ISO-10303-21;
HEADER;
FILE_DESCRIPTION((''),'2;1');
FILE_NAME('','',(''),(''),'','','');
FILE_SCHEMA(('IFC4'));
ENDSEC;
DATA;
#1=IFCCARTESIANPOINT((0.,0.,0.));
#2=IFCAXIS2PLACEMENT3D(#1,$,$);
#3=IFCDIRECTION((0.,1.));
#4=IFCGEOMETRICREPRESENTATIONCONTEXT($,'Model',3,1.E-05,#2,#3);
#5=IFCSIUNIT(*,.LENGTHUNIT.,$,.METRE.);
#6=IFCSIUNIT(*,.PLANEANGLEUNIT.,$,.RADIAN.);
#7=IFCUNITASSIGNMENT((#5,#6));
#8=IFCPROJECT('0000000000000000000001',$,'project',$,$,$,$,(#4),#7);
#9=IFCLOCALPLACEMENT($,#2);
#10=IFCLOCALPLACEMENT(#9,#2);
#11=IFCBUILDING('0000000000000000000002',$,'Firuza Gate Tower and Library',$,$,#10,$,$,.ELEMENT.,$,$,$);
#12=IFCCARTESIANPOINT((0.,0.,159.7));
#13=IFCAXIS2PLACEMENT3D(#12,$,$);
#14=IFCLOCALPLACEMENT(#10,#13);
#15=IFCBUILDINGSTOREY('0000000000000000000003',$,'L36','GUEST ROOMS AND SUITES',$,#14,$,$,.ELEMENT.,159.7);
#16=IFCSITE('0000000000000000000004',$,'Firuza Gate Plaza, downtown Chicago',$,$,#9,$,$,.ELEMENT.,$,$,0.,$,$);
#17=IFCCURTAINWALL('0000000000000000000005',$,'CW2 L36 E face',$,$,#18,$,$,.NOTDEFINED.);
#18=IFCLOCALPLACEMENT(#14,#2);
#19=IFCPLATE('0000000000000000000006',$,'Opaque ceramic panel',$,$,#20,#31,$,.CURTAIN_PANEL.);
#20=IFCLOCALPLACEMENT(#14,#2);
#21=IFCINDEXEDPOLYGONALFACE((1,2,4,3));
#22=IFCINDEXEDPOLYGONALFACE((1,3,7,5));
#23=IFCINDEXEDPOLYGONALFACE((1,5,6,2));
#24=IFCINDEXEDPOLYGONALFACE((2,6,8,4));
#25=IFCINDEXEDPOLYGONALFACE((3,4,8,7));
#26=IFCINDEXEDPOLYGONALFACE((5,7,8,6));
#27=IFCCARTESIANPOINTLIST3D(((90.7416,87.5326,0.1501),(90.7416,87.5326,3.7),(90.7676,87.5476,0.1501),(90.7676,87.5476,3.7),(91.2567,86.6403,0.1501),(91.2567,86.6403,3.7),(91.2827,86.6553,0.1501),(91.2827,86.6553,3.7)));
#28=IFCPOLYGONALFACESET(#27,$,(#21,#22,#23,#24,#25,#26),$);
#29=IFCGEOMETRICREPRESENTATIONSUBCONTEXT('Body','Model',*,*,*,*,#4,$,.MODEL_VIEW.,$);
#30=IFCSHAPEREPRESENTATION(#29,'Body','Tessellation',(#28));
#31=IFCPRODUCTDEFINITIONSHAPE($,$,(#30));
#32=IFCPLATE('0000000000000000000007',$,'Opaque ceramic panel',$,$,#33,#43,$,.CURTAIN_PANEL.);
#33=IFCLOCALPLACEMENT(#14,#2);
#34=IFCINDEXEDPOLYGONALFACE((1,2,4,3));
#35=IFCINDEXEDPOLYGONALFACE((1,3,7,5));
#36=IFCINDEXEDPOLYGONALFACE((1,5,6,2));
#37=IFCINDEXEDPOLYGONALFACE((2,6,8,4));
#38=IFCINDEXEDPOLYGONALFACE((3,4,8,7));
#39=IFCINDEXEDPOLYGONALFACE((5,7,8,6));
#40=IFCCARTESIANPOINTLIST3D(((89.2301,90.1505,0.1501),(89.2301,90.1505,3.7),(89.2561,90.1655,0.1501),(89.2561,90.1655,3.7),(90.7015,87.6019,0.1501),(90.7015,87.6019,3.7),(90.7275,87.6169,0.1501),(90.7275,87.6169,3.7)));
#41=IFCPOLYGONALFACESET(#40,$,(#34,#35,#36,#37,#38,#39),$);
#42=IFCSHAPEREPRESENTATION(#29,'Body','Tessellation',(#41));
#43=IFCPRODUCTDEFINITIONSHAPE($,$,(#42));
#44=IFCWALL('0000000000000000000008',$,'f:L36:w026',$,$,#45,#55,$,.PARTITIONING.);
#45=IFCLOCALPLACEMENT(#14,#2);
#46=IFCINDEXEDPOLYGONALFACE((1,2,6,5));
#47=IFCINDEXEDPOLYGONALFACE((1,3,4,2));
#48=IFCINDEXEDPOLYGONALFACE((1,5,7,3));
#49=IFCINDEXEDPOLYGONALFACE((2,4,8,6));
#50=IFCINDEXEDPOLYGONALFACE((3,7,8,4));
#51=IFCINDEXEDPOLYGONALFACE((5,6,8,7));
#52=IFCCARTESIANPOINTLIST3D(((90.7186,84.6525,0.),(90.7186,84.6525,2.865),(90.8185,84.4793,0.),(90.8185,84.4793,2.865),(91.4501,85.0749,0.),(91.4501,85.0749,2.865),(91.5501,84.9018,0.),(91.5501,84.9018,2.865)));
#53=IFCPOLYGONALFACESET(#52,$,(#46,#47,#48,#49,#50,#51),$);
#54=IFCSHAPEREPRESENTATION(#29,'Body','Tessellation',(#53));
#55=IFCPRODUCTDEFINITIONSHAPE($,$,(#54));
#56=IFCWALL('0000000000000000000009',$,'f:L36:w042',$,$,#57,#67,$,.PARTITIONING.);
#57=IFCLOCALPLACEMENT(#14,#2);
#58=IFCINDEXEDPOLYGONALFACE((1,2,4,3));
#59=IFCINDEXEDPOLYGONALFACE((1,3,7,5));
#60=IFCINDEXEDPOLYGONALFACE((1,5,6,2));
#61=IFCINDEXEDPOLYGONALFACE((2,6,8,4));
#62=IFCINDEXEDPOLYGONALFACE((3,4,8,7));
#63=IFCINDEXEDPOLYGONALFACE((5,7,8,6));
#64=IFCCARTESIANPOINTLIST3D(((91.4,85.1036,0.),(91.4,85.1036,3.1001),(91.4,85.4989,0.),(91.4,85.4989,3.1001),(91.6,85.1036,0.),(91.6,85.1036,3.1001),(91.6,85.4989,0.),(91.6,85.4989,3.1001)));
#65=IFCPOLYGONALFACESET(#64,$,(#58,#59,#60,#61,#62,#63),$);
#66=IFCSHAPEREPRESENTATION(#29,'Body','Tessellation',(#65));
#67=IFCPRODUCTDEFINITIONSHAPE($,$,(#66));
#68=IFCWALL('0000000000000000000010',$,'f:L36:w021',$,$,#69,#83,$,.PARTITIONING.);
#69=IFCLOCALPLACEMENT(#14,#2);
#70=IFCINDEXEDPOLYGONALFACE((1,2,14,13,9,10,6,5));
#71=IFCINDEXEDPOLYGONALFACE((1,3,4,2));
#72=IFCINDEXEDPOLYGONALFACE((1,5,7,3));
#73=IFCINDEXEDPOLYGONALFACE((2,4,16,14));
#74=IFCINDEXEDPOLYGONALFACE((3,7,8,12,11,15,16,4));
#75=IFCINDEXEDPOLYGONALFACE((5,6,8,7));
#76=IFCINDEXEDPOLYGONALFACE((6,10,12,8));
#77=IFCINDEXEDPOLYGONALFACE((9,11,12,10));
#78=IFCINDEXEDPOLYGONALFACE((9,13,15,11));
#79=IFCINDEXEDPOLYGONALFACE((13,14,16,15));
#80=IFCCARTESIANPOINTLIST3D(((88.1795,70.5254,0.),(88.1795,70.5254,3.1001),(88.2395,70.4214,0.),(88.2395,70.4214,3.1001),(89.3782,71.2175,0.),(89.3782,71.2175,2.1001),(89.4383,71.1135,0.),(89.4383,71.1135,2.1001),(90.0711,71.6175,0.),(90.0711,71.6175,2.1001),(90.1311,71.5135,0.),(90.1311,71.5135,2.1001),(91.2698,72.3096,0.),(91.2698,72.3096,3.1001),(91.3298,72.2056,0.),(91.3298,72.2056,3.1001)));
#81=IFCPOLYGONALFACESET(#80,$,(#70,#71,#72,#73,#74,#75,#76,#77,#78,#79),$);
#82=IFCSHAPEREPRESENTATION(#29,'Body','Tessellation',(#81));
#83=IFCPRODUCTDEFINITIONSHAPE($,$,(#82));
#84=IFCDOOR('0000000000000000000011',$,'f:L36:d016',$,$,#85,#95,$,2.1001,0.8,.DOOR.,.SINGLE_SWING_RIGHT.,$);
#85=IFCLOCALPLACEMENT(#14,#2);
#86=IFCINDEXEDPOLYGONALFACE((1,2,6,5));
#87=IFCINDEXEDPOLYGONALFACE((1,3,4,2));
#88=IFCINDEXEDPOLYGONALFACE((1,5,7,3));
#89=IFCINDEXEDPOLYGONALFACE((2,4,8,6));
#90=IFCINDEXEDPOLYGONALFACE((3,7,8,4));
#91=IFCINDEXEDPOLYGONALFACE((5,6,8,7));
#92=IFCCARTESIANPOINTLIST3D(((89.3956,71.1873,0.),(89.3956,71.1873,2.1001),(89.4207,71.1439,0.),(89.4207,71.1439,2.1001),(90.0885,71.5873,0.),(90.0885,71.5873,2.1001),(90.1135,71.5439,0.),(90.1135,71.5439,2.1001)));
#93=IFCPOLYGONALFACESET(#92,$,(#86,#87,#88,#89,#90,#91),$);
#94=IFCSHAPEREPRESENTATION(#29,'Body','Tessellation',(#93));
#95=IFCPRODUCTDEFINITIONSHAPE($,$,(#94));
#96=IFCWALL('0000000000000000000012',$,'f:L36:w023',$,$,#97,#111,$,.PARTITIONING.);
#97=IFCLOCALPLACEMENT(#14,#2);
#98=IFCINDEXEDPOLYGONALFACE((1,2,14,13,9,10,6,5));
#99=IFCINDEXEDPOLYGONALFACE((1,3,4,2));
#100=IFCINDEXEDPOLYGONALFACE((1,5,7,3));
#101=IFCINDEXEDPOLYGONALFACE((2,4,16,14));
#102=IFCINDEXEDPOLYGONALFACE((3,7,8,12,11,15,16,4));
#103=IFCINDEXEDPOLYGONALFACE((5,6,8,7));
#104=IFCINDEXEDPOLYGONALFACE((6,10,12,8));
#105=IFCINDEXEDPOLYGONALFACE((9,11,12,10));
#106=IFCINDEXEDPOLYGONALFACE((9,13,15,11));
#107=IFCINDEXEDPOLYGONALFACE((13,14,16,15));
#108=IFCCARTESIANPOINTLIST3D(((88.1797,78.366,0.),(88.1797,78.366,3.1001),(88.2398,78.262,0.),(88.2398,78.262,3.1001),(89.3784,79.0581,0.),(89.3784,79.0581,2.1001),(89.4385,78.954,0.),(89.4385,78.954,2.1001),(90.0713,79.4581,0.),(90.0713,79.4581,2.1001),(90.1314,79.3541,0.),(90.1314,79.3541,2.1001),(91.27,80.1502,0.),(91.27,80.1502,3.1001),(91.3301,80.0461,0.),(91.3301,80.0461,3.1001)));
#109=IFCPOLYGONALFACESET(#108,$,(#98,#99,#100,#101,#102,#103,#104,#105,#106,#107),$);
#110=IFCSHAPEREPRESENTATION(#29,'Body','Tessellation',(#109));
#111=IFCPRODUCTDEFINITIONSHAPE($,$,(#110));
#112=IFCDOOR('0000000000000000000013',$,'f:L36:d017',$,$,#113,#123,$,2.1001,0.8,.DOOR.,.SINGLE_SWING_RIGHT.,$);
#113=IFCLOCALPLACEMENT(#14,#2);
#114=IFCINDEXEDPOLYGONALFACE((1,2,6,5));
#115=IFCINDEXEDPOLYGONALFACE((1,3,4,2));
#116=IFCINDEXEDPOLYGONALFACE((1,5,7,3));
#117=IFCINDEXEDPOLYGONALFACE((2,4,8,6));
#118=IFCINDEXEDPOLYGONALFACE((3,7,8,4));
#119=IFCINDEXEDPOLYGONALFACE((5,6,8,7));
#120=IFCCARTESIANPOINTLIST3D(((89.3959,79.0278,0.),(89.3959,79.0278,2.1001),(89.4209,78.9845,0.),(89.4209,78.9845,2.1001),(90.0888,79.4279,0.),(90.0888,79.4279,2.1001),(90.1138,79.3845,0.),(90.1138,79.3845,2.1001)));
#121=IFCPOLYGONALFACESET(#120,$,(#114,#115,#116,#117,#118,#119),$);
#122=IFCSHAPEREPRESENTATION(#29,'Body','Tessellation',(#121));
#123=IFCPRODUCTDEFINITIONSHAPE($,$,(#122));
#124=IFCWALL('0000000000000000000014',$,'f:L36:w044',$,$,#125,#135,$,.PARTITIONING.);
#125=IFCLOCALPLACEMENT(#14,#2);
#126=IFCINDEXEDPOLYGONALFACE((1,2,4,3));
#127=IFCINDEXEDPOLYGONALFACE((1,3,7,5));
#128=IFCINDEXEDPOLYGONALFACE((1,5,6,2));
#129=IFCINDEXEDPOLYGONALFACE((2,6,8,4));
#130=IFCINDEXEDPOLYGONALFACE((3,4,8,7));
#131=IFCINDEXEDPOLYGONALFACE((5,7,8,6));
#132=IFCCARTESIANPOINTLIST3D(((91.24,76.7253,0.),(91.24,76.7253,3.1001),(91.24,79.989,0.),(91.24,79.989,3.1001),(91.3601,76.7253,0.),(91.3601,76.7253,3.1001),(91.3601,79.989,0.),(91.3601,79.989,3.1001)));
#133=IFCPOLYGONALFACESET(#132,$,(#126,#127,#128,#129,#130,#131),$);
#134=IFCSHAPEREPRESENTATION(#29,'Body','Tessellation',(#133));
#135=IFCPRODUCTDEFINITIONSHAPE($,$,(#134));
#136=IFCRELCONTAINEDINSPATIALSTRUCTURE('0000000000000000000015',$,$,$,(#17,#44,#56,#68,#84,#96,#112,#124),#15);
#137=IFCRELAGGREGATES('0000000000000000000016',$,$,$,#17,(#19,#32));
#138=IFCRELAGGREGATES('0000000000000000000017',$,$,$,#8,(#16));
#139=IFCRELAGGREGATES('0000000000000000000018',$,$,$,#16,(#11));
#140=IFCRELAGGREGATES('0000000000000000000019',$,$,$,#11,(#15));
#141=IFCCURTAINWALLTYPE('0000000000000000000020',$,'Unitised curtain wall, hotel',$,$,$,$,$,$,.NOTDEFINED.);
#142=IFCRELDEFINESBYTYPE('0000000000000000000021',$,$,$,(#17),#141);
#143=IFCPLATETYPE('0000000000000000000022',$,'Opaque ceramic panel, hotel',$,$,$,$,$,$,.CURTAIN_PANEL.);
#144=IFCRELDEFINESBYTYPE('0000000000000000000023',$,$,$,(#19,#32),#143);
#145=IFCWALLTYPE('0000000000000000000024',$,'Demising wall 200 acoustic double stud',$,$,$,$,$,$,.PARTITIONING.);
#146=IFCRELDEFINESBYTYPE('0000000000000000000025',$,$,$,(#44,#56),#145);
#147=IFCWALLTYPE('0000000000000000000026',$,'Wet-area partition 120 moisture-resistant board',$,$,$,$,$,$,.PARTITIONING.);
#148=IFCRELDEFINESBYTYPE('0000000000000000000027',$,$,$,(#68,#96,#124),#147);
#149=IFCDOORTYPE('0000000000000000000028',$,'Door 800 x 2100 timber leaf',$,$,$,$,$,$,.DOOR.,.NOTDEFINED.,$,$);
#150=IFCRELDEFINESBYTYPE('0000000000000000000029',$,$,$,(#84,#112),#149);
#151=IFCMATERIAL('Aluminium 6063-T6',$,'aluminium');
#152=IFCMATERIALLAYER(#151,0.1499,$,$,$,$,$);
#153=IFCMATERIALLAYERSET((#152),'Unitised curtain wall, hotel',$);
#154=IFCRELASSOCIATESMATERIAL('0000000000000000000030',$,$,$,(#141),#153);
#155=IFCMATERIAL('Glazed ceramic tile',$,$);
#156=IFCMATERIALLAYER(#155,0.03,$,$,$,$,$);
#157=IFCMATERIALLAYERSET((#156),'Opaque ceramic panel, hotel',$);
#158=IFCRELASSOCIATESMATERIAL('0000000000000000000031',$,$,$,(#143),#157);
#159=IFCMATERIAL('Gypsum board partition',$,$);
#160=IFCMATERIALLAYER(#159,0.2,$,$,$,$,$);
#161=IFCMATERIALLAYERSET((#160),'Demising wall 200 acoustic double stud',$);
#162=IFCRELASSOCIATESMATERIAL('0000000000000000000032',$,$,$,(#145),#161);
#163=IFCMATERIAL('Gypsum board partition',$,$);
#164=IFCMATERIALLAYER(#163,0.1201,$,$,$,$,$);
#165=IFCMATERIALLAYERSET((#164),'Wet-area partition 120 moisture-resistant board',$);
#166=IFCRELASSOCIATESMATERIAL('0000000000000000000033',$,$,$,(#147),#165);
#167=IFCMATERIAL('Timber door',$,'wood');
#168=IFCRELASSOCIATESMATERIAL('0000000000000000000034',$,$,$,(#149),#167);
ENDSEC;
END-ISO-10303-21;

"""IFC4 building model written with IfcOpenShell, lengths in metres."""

from ifc_helpers import new_model, si_unit, direction, frame, frame_2d, origin, place, context, subcontext, project, spatial, polyline, rectangle, outline, extrude, material, layer, layer_set, type_object, element, fill, aggregate, save


model = new_model("IFC4")

# Units and contexts
model_context = context("Model", 3, precision=1e-05, world=origin(), true_north=direction((0.0, 1.0)))
body_context = subcontext(model_context, "Body", "Model", "MODEL_VIEW")
ifc_project = project(units=[si_unit("LENGTHUNIT", "METRE"), si_unit("PLANEANGLEUNIT", "RADIAN")], contexts=[model_context])

# Site, building, storey
site_placement = place(None, origin())
site = spatial("IfcSite", under=ifc_project, at=site_placement, Name="Firuza Gate Plaza, downtown Chicago", CompositionType="ELEMENT", RefElevation=0.0)
building_placement = place(site_placement, origin())
building = spatial("IfcBuilding", under=site, at=building_placement, Name="Firuza Gate Tower and Library", CompositionType="ELEMENT")
storey_placement = place(building_placement, frame((0.0, 0.0, 159.7)))
storey = spatial("IfcBuildingStorey", under=building, at=storey_placement, Name="L36", Description="GUEST ROOMS AND SUITES", CompositionType="ELEMENT", Elevation=159.7)

# Curtain wall
ifc_material_1 = material(Name="Aluminium 6063-T6", Category="aluminium")
ifc_layer_1 = layer(ifc_material_1, 0.1499)
ifc_layer_set_1 = layer_set([ifc_layer_1], Name="Unitised curtain wall, hotel")
curtain_wall_type = type_object("IfcCurtainWallType", Name="Unitised curtain wall, hotel", PredefinedType="NOTDEFINED", material=ifc_layer_set_1)
curtain_wall_placement = place(storey_placement, origin())
curtain_wall = element("IfcCurtainWall", 1, at=curtain_wall_placement, inside=storey, type_object=curtain_wall_type, Name="CW2 L36 E face", PredefinedType="NOTDEFINED")

# Plates
ifc_material_2 = material(Name="Glazed ceramic tile")
ifc_layer_2 = layer(ifc_material_2, 0.03)
ifc_layer_set_2 = layer_set([ifc_layer_2], Name="Opaque ceramic panel, hotel")
plate_type_1 = type_object("IfcPlateType", Name="Opaque ceramic panel, hotel", PredefinedType="CURTAIN_PANEL", material=ifc_layer_set_2)
plate_1_placement = place(storey_placement, frame((91.2827, 86.6553, 0.1501), z_axis=(0.866047, 0.499962, 0.0), x_axis=(-0.499962, 0.866047, 0.0)))
plate_1 = element("IfcPlate", 2, at=plate_1_placement, type_object=plate_type_1, Name="Opaque ceramic panel", PredefinedType="CURTAIN_PANEL", context=body_context, shape_type="SweptSolid", body=[
    extrude(outline(polyline([(0.0, 0.0), (1.0304, 0.0), (1.0304, 3.5498), (0.0, 3.5498), (0.0, 0.0)])), origin(), (0.0, 0.0, -1.0), 0.03),
])
plate_2_placement = place(storey_placement, frame((90.7275, 87.6169, 0.1501), z_axis=(0.866024, 0.500003, 0.0), x_axis=(-0.500003, 0.866024, 0.0)))
plate_2 = element("IfcPlate", 3, at=plate_2_placement, type_object=plate_type_1, Name="Opaque ceramic panel", PredefinedType="CURTAIN_PANEL", context=body_context, shape_type="SweptSolid", body=[
    extrude(outline(polyline([(0.0, 0.0), (2.9429, 0.0), (2.9429, 3.5498), (0.0, 3.5498), (0.0, 0.0)])), origin(), (0.0, 0.0, -1.0), 0.03),
])
aggregate(curtain_wall, [plate_1, plate_2])

# Walls
ifc_material_3 = material(Name="Gypsum board partition")
ifc_layer_3 = layer(ifc_material_3, 0.2)
ifc_layer_set_3 = layer_set([ifc_layer_3], Name="Demising wall 200 acoustic double stud")
wall_type_1 = type_object("IfcWallType", Name="Demising wall 200 acoustic double stud", PredefinedType="PARTITIONING", material=ifc_layer_set_3)
wall_1_placement = place(storey_placement, frame((90.7686, 84.5659, 0.0), z_axis=(0.0, 0.0, 1.0), x_axis=(0.865993, 0.500056, 0.0)))
element("IfcWall", 4, at=wall_1_placement, inside=storey, type_object=wall_type_1, Name="f:L36:w026", PredefinedType="PARTITIONING", context=body_context, shape_type="SweptSolid", body=[
    extrude(rectangle(XDim=0.8447, YDim=0.2, at=frame_2d((0.4224, 0.0))), origin(), (0.0, 0.0, 1.0), 2.865),
])
wall_2_placement = place(storey_placement, frame((91.5, 85.1035, 0.0), z_axis=(0.0, 0.0, 1.0), x_axis=(0.0, 1.0, 0.0)))
element("IfcWall", 5, at=wall_2_placement, inside=storey, type_object=wall_type_1, Name="f:L36:w042", PredefinedType="PARTITIONING", context=body_context, shape_type="SweptSolid", body=[
    extrude(rectangle(XDim=0.3953, YDim=0.2, at=frame_2d((0.1978, 0.0))), origin(), (0.0, 0.0, 1.0), 3.1001),
])

# Walls, openings, doors
ifc_material_4 = material(Name="Gypsum board partition")
ifc_layer_4 = layer(ifc_material_4, 0.1201)
ifc_layer_set_4 = layer_set([ifc_layer_4], Name="Wet-area partition 120 moisture-resistant board")
wall_type_2 = type_object("IfcWallType", Name="Wet-area partition 120 moisture-resistant board", PredefinedType="PARTITIONING", material=ifc_layer_set_4)
wall_3_placement = place(storey_placement, frame((91.2998, 72.2576, 0.0), z_axis=(0.0, 0.0, 1.0), x_axis=(-0.866028, -0.499995, 0.0)))
wall_3 = element("IfcWall", 6, at=wall_3_placement, inside=storey, type_object=wall_type_2, Name="f:L36:w021", PredefinedType="PARTITIONING", context=body_context, shape_type="SweptSolid", body=[
    extrude(rectangle(XDim=3.5684, YDim=0.1201, at=frame_2d((1.7842, 0.0))), origin(), (0.0, 0.0, 1.0), 3.1001),
])
opening_1_placement = place(wall_3_placement, frame((1.3843, 0.0, 0.0)))
opening_1 = element("IfcOpeningElement", 7, at=opening_1_placement, cuts=wall_3, PredefinedType="OPENING", context=body_context, shape_type="SweptSolid", body=[
    extrude(rectangle(XDim=0.8, YDim=2.1001, at=frame_2d((0.3999, 1.05))), frame((0.0, 0.0701, 0.0), z_axis=(0.0, -1.0, 0.0), x_axis=(1.0, 0.0, 0.0)), (0.0, 0.0, 1.0), 0.1401),
])
ifc_material_5 = material(Name="Timber door", Category="wood")
door_type = type_object("IfcDoorType", Name="Door 800 x 2100 timber leaf", OperationType="NOTDEFINED", PredefinedType="DOOR", material=ifc_material_5)
door_1_placement = place(opening_1_placement, origin())
door_1 = element("IfcDoor", 8, at=door_1_placement, inside=storey, type_object=door_type, Name="f:L36:d016", OperationType="SINGLE_SWING_RIGHT", OverallHeight=2.1001, OverallWidth=0.8, PredefinedType="DOOR", context=body_context, shape_type="SweptSolid", body=[
    extrude(rectangle(XDim=0.8, YDim=2.1001, at=frame_2d((0.3999, 1.05))), frame((0.0, 0.0249, 0.0), z_axis=(0.0, -1.0, 0.0), x_axis=(1.0, 0.0, 0.0)), (0.0, 0.0, 1.0), 0.05),
])
fill(opening_1, door_1)
wall_4_placement = place(storey_placement, frame((91.3, 80.0981, 0.0), z_axis=(0.0, 0.0, 1.0), x_axis=(-0.866028, -0.499995, 0.0)))
wall_4 = element("IfcWall", 9, at=wall_4_placement, inside=storey, type_object=wall_type_2, Name="f:L36:w023", PredefinedType="PARTITIONING", context=body_context, shape_type="SweptSolid", body=[
    extrude(rectangle(XDim=3.5684, YDim=0.1201, at=frame_2d((1.7842, 0.0))), origin(), (0.0, 0.0, 1.0), 3.1001),
])
opening_2_placement = place(wall_4_placement, frame((1.3843, 0.0, 0.0)))
opening_2 = element("IfcOpeningElement", 10, at=opening_2_placement, cuts=wall_4, PredefinedType="OPENING", context=body_context, shape_type="SweptSolid", body=[
    extrude(rectangle(XDim=0.8, YDim=2.1001, at=frame_2d((0.3999, 1.05))), frame((0.0, 0.0701, 0.0), z_axis=(0.0, -1.0, 0.0), x_axis=(1.0, 0.0, 0.0)), (0.0, 0.0, 1.0), 0.1401),
])
door_2_placement = place(opening_2_placement, origin())
door_2 = element("IfcDoor", 11, at=door_2_placement, inside=storey, type_object=door_type, Name="f:L36:d017", OperationType="SINGLE_SWING_RIGHT", OverallHeight=2.1001, OverallWidth=0.8, PredefinedType="DOOR", context=body_context, shape_type="SweptSolid", body=[
    extrude(rectangle(XDim=0.8, YDim=2.1001, at=frame_2d((0.3999, 1.05))), frame((0.0, 0.0249, 0.0), z_axis=(0.0, -1.0, 0.0), x_axis=(1.0, 0.0, 0.0)), (0.0, 0.0, 1.0), 0.05),
])
fill(opening_2, door_2)

# Wall
wall_5_placement = place(storey_placement, frame((91.3, 76.7253, 0.0), z_axis=(0.0, 0.0, 1.0), x_axis=(0.0, 1.0, 0.0)))
element("IfcWall", 12, at=wall_5_placement, inside=storey, type_object=wall_type_2, Name="f:L36:w044", PredefinedType="PARTITIONING", context=body_context, shape_type="SweptSolid", body=[
    extrude(rectangle(XDim=3.2637, YDim=0.1201, at=frame_2d((1.6318, 0.0))), origin(), (0.0, 0.0, 1.0), 3.1001),
])

save(model, "model.ifc")
